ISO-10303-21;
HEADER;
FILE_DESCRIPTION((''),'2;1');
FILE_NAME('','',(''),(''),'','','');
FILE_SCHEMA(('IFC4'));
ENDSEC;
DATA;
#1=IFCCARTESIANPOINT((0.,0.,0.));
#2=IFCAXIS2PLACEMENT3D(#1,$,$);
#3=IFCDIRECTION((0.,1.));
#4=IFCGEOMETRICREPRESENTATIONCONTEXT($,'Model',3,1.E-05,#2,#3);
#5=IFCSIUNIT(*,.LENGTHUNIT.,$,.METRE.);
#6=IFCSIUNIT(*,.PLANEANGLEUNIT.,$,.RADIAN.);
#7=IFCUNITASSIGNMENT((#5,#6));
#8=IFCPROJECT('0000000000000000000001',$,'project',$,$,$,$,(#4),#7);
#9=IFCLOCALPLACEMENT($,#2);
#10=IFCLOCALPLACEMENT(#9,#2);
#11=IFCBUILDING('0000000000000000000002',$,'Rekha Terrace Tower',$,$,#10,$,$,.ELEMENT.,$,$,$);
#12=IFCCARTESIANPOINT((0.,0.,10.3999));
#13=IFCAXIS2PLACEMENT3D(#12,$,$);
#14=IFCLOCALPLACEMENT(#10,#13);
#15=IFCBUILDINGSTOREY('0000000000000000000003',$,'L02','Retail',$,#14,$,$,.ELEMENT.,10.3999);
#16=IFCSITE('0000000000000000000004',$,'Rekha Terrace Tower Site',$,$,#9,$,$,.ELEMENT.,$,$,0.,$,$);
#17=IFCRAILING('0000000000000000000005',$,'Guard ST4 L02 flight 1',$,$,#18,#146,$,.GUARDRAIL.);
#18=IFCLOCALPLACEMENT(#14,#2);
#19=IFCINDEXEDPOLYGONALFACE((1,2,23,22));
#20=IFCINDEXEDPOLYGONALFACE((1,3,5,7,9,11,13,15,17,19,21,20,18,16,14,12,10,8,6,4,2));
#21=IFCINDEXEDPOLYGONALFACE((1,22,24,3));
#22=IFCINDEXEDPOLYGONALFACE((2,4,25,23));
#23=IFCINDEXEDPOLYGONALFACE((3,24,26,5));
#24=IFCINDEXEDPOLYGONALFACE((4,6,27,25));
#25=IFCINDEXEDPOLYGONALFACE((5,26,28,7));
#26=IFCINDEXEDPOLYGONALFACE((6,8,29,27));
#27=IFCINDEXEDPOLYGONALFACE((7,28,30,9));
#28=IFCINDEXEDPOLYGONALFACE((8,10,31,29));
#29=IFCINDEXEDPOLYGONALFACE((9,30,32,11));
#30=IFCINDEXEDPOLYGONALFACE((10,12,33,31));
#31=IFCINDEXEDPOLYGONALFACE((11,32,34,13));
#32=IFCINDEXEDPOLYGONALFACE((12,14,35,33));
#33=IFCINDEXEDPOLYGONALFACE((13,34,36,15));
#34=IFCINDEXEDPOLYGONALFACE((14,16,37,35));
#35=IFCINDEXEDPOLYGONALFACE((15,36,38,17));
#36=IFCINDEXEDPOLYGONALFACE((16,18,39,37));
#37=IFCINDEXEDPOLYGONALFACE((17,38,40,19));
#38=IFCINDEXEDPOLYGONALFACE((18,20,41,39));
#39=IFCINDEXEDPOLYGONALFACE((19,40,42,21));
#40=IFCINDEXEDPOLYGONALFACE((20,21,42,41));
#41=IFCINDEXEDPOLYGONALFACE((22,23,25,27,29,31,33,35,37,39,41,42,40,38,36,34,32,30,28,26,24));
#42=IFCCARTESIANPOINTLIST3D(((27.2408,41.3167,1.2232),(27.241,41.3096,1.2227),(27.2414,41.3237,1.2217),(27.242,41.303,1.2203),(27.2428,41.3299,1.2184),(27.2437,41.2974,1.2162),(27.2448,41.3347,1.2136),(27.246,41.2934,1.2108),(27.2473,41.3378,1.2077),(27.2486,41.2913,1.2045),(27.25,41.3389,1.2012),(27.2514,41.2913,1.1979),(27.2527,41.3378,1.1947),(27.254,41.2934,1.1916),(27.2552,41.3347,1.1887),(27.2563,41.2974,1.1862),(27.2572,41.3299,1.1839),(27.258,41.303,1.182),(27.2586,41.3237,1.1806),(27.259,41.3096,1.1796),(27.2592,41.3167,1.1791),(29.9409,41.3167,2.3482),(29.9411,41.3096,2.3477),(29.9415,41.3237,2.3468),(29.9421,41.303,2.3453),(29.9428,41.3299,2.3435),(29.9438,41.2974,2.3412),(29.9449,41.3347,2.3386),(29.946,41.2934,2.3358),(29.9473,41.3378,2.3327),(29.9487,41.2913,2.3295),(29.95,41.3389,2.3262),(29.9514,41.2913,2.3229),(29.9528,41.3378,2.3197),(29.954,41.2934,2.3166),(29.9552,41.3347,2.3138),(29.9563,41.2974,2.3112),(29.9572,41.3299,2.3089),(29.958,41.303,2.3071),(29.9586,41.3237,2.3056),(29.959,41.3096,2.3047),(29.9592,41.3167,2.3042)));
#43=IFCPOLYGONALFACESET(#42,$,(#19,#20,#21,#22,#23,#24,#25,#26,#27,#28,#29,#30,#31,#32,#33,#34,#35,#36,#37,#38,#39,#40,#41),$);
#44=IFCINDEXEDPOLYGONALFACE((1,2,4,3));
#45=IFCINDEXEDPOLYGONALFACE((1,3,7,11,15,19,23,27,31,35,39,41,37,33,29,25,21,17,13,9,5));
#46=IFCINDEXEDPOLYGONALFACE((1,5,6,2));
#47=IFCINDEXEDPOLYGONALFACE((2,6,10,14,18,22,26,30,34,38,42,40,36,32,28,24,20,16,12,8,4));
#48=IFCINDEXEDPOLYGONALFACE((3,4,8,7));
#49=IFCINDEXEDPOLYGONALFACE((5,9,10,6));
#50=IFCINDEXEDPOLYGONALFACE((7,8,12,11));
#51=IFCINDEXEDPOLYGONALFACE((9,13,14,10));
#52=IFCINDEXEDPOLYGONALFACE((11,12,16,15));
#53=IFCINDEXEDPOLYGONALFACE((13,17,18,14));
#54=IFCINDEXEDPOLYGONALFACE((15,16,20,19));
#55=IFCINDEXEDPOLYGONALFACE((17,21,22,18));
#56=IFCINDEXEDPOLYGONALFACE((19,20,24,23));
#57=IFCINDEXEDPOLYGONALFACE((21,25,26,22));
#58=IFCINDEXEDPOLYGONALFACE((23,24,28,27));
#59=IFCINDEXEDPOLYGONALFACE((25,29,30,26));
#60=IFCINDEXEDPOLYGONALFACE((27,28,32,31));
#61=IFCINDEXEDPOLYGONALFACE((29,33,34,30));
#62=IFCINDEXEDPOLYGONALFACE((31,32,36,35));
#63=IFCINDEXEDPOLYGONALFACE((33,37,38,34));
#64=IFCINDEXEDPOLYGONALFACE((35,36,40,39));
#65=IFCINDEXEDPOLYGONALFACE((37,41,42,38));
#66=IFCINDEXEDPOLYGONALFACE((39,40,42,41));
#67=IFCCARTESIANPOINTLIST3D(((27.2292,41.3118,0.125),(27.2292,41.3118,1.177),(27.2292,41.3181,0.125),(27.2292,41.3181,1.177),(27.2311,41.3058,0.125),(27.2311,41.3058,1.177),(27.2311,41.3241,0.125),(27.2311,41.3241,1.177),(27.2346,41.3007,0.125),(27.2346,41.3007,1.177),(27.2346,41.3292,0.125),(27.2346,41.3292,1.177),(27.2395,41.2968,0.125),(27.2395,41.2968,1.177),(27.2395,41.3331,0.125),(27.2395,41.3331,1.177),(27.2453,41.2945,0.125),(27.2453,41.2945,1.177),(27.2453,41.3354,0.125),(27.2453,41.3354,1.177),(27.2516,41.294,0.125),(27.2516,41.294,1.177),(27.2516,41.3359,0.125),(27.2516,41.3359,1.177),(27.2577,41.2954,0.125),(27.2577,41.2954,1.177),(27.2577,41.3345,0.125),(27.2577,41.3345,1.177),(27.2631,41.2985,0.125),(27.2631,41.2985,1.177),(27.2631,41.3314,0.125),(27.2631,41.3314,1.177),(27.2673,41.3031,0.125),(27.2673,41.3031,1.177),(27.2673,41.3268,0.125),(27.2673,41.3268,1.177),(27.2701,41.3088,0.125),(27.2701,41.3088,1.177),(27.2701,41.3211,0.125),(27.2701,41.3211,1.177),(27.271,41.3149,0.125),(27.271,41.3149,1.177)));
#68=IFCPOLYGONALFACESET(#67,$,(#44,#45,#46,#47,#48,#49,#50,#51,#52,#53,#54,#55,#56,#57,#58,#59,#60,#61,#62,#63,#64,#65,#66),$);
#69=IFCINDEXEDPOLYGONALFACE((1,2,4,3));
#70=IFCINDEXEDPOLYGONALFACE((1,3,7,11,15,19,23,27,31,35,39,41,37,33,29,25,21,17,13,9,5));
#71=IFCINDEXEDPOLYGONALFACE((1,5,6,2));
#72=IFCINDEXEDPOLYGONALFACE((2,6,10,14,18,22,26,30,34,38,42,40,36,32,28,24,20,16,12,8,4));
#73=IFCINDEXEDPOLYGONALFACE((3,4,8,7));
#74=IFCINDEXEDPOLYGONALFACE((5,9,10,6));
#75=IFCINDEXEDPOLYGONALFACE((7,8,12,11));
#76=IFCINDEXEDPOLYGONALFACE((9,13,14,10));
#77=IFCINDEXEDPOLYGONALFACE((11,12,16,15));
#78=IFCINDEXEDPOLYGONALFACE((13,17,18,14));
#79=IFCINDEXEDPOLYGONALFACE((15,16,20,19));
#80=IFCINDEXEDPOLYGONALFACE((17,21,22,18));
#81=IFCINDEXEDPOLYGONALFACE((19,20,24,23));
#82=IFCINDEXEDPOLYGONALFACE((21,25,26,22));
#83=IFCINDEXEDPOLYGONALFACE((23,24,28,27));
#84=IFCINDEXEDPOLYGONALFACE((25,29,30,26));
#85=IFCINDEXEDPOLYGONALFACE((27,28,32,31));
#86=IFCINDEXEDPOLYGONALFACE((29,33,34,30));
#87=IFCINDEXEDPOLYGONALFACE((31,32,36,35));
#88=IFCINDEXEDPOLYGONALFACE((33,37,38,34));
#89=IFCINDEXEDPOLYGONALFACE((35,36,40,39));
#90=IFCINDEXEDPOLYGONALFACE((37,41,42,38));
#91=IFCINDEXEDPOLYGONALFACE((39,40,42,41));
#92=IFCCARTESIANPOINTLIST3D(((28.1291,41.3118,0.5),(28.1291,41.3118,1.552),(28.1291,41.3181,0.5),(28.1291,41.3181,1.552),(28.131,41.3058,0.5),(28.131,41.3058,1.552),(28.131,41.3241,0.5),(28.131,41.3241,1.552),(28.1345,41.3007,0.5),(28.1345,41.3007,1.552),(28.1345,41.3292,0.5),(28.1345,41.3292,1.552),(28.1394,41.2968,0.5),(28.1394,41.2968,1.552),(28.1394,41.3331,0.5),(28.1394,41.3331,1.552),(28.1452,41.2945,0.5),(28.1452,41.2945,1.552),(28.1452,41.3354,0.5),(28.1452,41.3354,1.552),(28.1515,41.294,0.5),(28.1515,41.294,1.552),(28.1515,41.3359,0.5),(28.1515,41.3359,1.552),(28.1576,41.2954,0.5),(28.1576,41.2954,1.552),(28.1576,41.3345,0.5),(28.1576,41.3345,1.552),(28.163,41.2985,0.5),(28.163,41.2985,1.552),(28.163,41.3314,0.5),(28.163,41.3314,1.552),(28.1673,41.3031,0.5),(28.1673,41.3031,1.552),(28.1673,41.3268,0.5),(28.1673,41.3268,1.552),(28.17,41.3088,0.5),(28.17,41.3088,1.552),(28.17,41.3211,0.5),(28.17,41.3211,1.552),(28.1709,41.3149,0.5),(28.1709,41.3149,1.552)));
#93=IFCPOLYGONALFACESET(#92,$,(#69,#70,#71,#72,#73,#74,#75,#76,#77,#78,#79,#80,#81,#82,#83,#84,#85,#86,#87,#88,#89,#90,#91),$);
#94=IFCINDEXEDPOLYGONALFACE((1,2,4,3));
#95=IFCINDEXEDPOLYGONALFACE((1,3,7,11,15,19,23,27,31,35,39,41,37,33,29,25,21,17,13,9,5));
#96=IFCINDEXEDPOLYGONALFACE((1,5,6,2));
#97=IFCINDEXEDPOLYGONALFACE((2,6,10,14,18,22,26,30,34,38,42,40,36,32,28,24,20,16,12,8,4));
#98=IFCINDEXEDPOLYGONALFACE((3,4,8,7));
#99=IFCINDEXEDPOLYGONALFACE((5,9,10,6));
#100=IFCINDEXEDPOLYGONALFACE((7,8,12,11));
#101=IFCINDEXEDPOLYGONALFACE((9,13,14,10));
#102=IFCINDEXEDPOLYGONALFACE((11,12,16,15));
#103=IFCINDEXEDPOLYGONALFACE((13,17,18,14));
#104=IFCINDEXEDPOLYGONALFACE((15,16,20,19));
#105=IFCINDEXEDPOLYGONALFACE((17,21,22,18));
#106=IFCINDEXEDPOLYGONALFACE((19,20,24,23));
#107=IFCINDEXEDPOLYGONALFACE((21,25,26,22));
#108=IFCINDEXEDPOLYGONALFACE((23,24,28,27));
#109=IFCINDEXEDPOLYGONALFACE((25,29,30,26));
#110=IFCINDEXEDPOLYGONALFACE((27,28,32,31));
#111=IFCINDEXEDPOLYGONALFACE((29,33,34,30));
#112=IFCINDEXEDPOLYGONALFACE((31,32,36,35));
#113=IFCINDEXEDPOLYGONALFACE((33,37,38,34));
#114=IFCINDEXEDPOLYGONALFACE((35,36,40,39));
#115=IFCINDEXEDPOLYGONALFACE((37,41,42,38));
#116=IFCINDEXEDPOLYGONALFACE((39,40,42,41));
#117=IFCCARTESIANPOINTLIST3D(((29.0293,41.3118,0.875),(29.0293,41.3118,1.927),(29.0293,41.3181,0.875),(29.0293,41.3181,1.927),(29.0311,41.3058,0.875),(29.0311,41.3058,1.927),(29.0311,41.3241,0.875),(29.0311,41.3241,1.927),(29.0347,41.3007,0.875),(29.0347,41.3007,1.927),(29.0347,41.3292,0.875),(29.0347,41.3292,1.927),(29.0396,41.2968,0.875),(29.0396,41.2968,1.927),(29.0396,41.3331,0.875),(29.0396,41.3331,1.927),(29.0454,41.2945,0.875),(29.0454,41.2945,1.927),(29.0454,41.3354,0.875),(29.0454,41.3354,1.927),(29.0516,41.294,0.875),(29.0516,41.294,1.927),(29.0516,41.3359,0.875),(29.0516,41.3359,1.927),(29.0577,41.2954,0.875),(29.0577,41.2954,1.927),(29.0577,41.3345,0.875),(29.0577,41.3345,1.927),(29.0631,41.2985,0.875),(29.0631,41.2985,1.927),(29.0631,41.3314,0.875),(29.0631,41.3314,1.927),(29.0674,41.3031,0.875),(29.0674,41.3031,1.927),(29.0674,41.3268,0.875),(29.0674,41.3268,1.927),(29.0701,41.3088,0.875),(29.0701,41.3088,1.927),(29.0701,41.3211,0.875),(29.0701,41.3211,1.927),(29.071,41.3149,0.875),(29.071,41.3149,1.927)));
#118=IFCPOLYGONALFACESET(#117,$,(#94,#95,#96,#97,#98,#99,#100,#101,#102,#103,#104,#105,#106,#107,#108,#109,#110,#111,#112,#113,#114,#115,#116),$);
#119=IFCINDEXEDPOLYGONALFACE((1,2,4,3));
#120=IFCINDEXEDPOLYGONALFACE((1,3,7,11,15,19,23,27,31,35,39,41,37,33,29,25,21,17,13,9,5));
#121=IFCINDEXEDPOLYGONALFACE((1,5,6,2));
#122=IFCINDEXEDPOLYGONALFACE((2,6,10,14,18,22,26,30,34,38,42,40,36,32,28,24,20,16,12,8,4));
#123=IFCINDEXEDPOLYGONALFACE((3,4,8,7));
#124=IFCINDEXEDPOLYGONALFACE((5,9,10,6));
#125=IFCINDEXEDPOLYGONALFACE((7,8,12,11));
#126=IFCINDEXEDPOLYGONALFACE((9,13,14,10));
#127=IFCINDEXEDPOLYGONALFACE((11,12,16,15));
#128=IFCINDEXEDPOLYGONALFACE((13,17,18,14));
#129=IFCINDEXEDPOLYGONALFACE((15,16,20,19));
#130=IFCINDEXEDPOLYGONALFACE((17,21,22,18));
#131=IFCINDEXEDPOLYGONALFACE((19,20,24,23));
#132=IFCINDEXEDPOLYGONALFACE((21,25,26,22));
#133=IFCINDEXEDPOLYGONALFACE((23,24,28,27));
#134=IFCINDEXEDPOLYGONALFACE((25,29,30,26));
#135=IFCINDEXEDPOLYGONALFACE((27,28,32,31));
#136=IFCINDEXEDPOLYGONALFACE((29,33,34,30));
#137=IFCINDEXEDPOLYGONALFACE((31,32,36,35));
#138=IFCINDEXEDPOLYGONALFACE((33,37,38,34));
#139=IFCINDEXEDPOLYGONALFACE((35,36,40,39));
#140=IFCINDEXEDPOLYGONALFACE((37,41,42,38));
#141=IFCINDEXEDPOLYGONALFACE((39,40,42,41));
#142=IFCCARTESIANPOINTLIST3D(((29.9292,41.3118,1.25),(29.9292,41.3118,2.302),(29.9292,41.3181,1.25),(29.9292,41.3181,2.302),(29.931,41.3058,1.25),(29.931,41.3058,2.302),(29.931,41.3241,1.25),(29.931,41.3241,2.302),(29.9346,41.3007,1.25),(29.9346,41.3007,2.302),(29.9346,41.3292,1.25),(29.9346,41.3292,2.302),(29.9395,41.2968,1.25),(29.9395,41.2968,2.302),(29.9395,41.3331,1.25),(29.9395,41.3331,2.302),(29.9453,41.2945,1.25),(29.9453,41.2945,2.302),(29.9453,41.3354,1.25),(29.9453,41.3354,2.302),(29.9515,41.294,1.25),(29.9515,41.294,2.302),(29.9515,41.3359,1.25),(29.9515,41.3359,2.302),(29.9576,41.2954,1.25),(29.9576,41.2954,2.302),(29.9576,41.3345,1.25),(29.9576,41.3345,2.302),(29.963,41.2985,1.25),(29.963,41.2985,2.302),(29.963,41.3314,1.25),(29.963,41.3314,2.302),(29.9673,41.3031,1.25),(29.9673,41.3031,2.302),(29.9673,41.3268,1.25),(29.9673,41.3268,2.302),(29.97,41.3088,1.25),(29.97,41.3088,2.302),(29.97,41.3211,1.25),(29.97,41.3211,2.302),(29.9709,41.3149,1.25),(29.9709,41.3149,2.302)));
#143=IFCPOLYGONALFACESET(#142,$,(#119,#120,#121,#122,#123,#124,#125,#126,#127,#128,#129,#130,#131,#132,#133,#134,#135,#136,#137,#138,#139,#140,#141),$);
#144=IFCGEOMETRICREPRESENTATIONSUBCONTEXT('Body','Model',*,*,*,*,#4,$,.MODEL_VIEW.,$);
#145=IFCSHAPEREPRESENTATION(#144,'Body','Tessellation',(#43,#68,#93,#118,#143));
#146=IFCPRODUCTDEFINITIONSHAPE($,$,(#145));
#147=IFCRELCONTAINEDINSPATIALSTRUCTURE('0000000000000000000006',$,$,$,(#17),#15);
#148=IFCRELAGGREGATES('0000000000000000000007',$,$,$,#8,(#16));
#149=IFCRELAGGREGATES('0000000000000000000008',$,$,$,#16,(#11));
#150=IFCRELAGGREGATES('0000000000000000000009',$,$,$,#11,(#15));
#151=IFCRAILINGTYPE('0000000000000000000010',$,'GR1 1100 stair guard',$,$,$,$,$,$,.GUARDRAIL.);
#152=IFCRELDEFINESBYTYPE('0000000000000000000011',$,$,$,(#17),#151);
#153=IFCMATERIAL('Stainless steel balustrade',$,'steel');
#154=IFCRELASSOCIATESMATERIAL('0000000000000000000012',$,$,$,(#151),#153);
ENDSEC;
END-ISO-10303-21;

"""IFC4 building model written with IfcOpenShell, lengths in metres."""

from ifc_helpers import new_model, si_unit, direction, frame, origin, origin_2d, place, context, subcontext, project, spatial, circle, extrude, material, type_object, element, save


model = new_model("IFC4")

# Units and contexts
model_context = context("Model", 3, precision=1e-05, world=origin(), true_north=direction((0.0, 1.0)))
body_context = subcontext(model_context, "Body", "Model", "MODEL_VIEW")
ifc_project = project(units=[si_unit("LENGTHUNIT", "METRE"), si_unit("PLANEANGLEUNIT", "RADIAN")], contexts=[model_context])

# Site, building, storey
site_placement = place(None, origin())
site = spatial("IfcSite", under=ifc_project, at=site_placement, Name="Rekha Terrace Tower Site", CompositionType="ELEMENT", RefElevation=0.0)
building_placement = place(site_placement, origin())
building = spatial("IfcBuilding", under=site, at=building_placement, Name="Rekha Terrace Tower", CompositionType="ELEMENT")
storey_placement = place(building_placement, frame((0.0, 0.0, 10.3999)))
storey = spatial("IfcBuildingStorey", under=building, at=storey_placement, Name="L02", Description="Retail", CompositionType="ELEMENT", Elevation=10.3999)

# Railing
ifc_material_1 = material(Name="Stainless steel balustrade", Category="steel")
railing_type_1 = type_object("IfcRailingType", Name="GR1 1100 stair guard", PredefinedType="GUARDRAIL", material=ifc_material_1)
railing_1_placement = place(storey_placement, frame((27.25, 41.3149, 0.125)))
element("IfcRailing", 1, at=railing_1_placement, inside=storey, type_object=railing_type_1, Name="Guard ST4 L02 flight 1", PredefinedType="GUARDRAIL", context=body_context, shape_type="SweptSolid", body=[
    extrude(circle(Radius=0.0239, at=origin_2d()), frame((0.0, 0.0, 1.0762), z_axis=(0.923074, 0.0, 0.384621), x_axis=(0.0, 1.0, 0.0)), (0.0, 0.0, 1.0), 2.925),
    extrude(circle(Radius=0.021, at=origin_2d()), origin(), (0.0, 0.0, 1.0), 1.052),
    extrude(circle(Radius=0.021, at=origin_2d()), frame((0.8999, 0.0, 0.375)), (0.0, 0.0, 1.0), 1.052),
    extrude(circle(Radius=0.021, at=origin_2d()), frame((1.8, 0.0, 0.75)), (0.0, 0.0, 1.0), 1.052),
    extrude(circle(Radius=0.021, at=origin_2d()), frame((2.7, 0.0, 1.125)), (0.0, 0.0, 1.0), 1.052),
])

save(model, "model.ifc")
